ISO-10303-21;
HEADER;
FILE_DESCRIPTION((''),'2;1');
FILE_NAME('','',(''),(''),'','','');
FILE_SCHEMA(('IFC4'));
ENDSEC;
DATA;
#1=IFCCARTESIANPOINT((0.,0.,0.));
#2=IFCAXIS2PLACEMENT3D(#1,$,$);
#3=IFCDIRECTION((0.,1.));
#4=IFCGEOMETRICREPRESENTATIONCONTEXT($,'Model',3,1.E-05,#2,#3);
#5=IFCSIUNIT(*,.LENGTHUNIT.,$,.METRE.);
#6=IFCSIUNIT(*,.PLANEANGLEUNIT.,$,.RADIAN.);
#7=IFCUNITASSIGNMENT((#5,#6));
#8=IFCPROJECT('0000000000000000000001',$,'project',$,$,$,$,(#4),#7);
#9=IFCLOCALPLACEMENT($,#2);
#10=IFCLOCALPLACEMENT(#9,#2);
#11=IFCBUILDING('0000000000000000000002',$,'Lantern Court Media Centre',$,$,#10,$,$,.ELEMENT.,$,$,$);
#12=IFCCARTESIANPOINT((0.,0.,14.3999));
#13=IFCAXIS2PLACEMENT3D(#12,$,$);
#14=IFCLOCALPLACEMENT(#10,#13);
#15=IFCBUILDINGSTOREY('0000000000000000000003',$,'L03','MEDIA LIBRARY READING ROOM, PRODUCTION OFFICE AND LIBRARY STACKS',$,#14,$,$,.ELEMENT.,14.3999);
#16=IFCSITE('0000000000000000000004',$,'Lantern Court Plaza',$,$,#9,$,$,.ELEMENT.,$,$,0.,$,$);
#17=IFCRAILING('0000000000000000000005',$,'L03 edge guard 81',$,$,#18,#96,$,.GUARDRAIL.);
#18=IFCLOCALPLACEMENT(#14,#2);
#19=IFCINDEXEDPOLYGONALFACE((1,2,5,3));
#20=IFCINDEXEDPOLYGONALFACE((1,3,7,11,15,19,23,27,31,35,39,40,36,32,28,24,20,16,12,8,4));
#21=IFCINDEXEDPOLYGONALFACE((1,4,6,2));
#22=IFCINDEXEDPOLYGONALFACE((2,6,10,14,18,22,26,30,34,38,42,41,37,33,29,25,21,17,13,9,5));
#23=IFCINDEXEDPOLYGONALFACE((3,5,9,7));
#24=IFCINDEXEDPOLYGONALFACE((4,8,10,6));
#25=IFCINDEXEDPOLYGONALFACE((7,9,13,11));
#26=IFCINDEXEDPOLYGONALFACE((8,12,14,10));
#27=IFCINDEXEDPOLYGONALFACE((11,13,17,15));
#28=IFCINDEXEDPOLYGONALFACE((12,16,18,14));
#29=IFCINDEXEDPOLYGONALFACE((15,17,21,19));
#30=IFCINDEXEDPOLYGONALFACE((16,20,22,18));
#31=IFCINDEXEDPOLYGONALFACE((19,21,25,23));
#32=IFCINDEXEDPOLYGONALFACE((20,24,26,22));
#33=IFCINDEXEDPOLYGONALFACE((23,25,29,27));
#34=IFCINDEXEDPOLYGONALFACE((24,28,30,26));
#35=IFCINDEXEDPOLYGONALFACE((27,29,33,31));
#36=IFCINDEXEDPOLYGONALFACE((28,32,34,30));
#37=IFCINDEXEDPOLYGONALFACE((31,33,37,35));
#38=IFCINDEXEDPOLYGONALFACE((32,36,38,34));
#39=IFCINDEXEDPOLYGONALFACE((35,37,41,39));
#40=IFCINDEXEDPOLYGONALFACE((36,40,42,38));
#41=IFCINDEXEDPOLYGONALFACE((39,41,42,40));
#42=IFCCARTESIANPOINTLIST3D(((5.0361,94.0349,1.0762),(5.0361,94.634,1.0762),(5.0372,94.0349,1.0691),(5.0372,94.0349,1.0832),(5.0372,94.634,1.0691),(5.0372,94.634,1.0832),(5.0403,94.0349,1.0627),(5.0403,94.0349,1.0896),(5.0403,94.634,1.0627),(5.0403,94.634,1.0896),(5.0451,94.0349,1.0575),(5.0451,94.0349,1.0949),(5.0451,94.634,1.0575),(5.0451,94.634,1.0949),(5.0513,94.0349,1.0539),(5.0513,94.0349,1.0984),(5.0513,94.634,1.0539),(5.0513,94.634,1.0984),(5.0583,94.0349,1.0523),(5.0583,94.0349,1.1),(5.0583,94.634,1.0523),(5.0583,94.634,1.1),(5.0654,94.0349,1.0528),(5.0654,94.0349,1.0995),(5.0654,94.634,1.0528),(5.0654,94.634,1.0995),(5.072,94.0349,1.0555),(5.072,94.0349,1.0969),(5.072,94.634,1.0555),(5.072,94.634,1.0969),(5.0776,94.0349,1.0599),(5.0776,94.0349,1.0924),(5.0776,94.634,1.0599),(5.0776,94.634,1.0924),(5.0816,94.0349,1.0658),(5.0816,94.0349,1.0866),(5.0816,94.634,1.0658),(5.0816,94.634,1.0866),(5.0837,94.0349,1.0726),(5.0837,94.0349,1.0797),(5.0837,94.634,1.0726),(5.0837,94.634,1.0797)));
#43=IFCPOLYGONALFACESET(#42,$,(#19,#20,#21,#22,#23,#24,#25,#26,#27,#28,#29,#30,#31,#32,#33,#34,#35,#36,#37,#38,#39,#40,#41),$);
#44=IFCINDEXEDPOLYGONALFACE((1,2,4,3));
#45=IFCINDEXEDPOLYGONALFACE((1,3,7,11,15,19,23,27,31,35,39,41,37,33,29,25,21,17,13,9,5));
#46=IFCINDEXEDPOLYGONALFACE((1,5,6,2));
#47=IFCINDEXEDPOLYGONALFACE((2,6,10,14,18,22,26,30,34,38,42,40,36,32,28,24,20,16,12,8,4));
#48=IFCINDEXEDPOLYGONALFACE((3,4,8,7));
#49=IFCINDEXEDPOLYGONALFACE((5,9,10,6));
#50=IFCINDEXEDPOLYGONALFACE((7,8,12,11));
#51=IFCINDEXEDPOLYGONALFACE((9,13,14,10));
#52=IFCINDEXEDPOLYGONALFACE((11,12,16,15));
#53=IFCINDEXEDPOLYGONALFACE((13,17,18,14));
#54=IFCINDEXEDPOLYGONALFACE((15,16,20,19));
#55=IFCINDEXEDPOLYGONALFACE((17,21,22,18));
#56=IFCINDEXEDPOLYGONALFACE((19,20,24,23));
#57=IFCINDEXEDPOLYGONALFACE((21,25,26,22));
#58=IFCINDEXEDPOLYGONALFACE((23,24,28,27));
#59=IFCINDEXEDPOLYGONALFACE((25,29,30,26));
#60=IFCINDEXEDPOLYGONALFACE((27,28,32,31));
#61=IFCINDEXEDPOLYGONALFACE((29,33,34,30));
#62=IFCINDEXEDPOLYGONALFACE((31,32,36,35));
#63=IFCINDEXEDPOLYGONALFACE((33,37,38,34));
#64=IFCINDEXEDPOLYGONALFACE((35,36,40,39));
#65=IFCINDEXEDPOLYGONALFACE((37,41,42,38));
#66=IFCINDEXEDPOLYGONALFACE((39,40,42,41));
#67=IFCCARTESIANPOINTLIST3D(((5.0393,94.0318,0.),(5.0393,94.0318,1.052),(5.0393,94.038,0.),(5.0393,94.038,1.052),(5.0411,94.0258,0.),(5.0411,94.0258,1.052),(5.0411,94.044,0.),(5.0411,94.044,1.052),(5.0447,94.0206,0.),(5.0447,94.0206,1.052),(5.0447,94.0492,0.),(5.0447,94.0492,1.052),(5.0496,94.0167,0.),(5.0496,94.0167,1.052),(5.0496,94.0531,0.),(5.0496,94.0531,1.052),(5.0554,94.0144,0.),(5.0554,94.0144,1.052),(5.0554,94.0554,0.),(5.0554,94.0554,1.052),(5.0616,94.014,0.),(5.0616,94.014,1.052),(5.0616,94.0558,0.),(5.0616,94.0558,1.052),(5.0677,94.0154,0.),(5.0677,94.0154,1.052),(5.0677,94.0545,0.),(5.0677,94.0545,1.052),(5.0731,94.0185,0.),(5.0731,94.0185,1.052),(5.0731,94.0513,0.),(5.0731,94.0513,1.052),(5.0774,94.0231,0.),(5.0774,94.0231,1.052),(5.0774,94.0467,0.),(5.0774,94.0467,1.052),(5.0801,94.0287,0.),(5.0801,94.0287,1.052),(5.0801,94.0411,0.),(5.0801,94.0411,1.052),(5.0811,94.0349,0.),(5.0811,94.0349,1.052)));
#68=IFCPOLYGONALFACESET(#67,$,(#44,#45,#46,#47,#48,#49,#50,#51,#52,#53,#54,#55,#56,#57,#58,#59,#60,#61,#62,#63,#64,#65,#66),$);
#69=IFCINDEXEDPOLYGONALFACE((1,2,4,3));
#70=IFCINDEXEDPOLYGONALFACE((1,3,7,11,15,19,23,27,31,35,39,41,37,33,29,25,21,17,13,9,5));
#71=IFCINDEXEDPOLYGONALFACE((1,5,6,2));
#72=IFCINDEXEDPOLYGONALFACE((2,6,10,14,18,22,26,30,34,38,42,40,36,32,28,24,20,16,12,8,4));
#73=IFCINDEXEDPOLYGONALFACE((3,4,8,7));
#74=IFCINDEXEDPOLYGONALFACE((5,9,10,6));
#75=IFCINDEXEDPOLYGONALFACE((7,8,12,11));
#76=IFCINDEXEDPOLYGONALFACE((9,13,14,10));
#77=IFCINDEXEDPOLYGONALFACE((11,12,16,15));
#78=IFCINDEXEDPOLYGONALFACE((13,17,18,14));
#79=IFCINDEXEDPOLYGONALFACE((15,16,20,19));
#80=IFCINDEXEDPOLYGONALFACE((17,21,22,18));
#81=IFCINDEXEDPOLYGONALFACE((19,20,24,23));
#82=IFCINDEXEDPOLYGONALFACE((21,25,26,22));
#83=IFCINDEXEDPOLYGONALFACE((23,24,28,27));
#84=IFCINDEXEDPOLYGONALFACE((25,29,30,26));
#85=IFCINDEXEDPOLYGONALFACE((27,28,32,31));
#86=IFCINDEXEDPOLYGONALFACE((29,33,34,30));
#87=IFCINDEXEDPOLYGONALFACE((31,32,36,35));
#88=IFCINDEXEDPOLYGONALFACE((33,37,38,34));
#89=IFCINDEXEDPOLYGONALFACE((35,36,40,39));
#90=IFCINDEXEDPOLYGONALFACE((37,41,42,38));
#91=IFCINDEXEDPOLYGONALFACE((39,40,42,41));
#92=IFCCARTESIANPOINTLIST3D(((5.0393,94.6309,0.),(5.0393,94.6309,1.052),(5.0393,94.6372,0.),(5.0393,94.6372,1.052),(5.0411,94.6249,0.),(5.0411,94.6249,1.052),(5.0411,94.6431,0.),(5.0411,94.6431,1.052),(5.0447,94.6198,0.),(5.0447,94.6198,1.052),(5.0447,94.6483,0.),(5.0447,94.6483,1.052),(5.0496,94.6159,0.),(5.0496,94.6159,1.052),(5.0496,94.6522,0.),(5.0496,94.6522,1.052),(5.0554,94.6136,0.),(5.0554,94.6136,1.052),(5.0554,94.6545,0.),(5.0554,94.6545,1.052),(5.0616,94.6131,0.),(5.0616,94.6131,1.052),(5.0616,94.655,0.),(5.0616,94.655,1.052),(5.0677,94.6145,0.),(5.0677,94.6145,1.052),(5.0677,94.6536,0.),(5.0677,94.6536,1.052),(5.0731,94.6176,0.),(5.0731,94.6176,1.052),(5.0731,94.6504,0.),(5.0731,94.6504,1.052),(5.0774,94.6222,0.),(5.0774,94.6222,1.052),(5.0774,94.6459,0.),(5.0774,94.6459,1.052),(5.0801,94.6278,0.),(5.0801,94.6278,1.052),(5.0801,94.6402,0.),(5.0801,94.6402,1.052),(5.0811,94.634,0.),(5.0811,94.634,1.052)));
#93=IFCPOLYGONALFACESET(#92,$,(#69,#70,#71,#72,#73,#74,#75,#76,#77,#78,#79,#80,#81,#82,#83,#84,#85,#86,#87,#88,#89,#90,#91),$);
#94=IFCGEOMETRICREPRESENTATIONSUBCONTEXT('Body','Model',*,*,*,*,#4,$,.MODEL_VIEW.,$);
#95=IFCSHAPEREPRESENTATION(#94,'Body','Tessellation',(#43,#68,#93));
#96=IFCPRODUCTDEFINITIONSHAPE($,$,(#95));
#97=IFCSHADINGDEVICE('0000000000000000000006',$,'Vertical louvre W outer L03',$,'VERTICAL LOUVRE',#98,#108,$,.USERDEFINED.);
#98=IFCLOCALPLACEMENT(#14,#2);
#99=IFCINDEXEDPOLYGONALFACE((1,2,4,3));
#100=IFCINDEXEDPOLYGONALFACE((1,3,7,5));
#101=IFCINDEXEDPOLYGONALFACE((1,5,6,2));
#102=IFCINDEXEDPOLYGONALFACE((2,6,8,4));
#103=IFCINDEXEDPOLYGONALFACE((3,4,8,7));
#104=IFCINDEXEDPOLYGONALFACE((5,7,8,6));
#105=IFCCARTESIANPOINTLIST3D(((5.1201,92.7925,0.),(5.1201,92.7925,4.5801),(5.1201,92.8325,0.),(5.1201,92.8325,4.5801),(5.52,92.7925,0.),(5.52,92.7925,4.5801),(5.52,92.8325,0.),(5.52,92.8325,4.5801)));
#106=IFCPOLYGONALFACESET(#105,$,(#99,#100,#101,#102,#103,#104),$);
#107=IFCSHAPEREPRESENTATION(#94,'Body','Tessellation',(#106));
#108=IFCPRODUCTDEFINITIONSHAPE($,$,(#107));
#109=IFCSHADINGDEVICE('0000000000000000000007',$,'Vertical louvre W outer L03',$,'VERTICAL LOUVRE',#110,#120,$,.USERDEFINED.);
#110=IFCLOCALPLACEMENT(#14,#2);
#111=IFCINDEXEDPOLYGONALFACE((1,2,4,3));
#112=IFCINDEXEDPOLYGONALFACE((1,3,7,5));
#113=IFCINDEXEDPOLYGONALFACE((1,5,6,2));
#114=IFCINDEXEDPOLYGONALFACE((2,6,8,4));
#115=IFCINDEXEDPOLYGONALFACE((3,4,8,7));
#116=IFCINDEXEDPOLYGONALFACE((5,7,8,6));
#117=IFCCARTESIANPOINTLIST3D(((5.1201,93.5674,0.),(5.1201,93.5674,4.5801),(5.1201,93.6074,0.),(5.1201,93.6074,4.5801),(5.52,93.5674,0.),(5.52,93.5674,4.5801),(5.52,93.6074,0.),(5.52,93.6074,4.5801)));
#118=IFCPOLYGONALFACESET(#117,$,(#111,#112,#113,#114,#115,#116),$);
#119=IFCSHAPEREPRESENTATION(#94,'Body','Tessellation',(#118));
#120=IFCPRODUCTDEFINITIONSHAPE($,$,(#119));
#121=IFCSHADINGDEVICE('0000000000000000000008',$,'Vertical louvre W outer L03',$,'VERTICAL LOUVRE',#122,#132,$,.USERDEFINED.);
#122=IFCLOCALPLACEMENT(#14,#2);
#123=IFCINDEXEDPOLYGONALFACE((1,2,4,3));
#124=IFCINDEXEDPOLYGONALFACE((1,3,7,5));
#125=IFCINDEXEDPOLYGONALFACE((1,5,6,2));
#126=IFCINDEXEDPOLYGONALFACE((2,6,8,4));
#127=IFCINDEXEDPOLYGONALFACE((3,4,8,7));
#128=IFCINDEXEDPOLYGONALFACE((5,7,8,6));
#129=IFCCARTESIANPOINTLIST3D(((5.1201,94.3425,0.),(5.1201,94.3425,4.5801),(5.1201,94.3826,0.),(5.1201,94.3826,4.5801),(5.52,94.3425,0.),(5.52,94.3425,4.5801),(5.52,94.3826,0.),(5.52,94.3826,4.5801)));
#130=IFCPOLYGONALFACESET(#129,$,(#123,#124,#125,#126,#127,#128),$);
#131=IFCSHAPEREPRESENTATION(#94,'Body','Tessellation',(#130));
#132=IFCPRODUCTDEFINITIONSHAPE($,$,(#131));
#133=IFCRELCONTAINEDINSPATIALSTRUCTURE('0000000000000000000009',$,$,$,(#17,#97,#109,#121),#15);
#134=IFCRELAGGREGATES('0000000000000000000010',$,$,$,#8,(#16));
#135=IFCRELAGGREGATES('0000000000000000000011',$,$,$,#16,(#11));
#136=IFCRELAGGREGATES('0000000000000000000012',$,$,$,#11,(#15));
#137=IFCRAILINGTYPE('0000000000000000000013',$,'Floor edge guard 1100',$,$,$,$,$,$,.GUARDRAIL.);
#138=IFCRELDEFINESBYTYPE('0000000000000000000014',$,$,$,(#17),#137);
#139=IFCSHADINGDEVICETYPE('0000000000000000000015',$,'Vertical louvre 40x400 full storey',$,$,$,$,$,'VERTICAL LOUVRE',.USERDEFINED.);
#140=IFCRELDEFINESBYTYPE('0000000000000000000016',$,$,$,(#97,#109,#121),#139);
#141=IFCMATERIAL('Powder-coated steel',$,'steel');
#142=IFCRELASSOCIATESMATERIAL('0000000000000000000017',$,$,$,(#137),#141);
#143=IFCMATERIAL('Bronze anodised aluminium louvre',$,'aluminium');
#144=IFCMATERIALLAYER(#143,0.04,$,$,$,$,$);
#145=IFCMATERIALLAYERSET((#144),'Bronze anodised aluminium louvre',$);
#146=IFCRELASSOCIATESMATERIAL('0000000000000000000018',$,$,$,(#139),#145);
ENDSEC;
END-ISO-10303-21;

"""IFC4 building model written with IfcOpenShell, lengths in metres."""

from ifc_helpers import new_model, si_unit, direction, frame, origin, origin_2d, place, context, subcontext, project, spatial, rectangle, circle, extrude, material, layer, layer_set, type_object, element, save


model = new_model("IFC4")

# Units and contexts
model_context = context("Model", 3, precision=1e-05, world=origin(), true_north=direction((0.0, 1.0)))
body_context = subcontext(model_context, "Body", "Model", "MODEL_VIEW")
ifc_project = project(units=[si_unit("LENGTHUNIT", "METRE"), si_unit("PLANEANGLEUNIT", "RADIAN")], contexts=[model_context])

# Site, building, storey
site_placement = place(None, origin())
site = spatial("IfcSite", under=ifc_project, at=site_placement, Name="Lantern Court Plaza", CompositionType="ELEMENT", RefElevation=0.0)
building_placement = place(site_placement, origin())
building = spatial("IfcBuilding", under=site, at=building_placement, Name="Lantern Court Media Centre", CompositionType="ELEMENT")
storey_placement = place(building_placement, frame((0.0, 0.0, 14.3999)))
storey = spatial("IfcBuildingStorey", under=building, at=storey_placement, Name="L03", Description="MEDIA LIBRARY READING ROOM, PRODUCTION OFFICE AND LIBRARY STACKS", CompositionType="ELEMENT", Elevation=14.3999)

# Railing
ifc_material_1 = material(Name="Powder-coated steel", Category="steel")
railing_type = type_object("IfcRailingType", Name="Floor edge guard 1100", PredefinedType="GUARDRAIL", material=ifc_material_1)
railing_placement = place(storey_placement, frame((5.0601, 94.0349, 0.0)))
element("IfcRailing", 1, at=railing_placement, inside=storey, type_object=railing_type, Name="L03 edge guard 81", PredefinedType="GUARDRAIL", context=body_context, shape_type="SweptSolid", body=[
    extrude(circle(Radius=0.0239, at=origin_2d()), frame((0.0, 0.0, 1.0762), z_axis=(0.0, 1.0, 0.0), x_axis=(-1.0, 0.0, 0.0)), (0.0, 0.0, 1.0), 0.5991),
    extrude(circle(Radius=0.021, at=origin_2d()), origin(), (0.0, 0.0, 1.0), 1.052),
    extrude(circle(Radius=0.021, at=origin_2d()), frame((0.0, 0.5991, 0.0)), (0.0, 0.0, 1.0), 1.052),
])

# Shading devices
ifc_material_2 = material(Name="Bronze anodised aluminium louvre", Category="aluminium")
ifc_layer_1 = layer(ifc_material_2, 0.04)
ifc_layer_set_1 = layer_set([ifc_layer_1], Name="Bronze anodised aluminium louvre")
shading_device_type = type_object("IfcShadingDeviceType", Name="Vertical louvre 40x400 full storey", ElementType="VERTICAL LOUVRE", PredefinedType="USERDEFINED", material=ifc_layer_set_1)
for number, where, z_axis, x_axis, name in (
    (2, (5.3201, 92.8125, 0.0), (0.0, 0.0, 1.0), (1.0, 0.0, 0.0), "Vertical louvre W outer L03"),
    (3, (5.3201, 93.5874, 0.0), (0.0, 0.0, 1.0), (1.0, 0.0, 0.0), "Vertical louvre W outer L03"),
    (4, (5.3201, 94.3625, 0.0), (0.0, 0.0, 1.0), (1.0, 0.0, 0.0), "Vertical louvre W outer L03"),
):
    element("IfcShadingDevice", number, at=place(storey_placement, frame(where, z_axis=z_axis, x_axis=x_axis)), inside=storey, type_object=shading_device_type, Name=name, ObjectType="VERTICAL LOUVRE", PredefinedType="USERDEFINED", context=body_context, shape_type="SweptSolid", body=[
        extrude(rectangle(XDim=0.3999, YDim=0.04, at=origin_2d()), origin(), (0.0, 0.0, 1.0), 4.5801),
    ])

save(model, "model.ifc")
